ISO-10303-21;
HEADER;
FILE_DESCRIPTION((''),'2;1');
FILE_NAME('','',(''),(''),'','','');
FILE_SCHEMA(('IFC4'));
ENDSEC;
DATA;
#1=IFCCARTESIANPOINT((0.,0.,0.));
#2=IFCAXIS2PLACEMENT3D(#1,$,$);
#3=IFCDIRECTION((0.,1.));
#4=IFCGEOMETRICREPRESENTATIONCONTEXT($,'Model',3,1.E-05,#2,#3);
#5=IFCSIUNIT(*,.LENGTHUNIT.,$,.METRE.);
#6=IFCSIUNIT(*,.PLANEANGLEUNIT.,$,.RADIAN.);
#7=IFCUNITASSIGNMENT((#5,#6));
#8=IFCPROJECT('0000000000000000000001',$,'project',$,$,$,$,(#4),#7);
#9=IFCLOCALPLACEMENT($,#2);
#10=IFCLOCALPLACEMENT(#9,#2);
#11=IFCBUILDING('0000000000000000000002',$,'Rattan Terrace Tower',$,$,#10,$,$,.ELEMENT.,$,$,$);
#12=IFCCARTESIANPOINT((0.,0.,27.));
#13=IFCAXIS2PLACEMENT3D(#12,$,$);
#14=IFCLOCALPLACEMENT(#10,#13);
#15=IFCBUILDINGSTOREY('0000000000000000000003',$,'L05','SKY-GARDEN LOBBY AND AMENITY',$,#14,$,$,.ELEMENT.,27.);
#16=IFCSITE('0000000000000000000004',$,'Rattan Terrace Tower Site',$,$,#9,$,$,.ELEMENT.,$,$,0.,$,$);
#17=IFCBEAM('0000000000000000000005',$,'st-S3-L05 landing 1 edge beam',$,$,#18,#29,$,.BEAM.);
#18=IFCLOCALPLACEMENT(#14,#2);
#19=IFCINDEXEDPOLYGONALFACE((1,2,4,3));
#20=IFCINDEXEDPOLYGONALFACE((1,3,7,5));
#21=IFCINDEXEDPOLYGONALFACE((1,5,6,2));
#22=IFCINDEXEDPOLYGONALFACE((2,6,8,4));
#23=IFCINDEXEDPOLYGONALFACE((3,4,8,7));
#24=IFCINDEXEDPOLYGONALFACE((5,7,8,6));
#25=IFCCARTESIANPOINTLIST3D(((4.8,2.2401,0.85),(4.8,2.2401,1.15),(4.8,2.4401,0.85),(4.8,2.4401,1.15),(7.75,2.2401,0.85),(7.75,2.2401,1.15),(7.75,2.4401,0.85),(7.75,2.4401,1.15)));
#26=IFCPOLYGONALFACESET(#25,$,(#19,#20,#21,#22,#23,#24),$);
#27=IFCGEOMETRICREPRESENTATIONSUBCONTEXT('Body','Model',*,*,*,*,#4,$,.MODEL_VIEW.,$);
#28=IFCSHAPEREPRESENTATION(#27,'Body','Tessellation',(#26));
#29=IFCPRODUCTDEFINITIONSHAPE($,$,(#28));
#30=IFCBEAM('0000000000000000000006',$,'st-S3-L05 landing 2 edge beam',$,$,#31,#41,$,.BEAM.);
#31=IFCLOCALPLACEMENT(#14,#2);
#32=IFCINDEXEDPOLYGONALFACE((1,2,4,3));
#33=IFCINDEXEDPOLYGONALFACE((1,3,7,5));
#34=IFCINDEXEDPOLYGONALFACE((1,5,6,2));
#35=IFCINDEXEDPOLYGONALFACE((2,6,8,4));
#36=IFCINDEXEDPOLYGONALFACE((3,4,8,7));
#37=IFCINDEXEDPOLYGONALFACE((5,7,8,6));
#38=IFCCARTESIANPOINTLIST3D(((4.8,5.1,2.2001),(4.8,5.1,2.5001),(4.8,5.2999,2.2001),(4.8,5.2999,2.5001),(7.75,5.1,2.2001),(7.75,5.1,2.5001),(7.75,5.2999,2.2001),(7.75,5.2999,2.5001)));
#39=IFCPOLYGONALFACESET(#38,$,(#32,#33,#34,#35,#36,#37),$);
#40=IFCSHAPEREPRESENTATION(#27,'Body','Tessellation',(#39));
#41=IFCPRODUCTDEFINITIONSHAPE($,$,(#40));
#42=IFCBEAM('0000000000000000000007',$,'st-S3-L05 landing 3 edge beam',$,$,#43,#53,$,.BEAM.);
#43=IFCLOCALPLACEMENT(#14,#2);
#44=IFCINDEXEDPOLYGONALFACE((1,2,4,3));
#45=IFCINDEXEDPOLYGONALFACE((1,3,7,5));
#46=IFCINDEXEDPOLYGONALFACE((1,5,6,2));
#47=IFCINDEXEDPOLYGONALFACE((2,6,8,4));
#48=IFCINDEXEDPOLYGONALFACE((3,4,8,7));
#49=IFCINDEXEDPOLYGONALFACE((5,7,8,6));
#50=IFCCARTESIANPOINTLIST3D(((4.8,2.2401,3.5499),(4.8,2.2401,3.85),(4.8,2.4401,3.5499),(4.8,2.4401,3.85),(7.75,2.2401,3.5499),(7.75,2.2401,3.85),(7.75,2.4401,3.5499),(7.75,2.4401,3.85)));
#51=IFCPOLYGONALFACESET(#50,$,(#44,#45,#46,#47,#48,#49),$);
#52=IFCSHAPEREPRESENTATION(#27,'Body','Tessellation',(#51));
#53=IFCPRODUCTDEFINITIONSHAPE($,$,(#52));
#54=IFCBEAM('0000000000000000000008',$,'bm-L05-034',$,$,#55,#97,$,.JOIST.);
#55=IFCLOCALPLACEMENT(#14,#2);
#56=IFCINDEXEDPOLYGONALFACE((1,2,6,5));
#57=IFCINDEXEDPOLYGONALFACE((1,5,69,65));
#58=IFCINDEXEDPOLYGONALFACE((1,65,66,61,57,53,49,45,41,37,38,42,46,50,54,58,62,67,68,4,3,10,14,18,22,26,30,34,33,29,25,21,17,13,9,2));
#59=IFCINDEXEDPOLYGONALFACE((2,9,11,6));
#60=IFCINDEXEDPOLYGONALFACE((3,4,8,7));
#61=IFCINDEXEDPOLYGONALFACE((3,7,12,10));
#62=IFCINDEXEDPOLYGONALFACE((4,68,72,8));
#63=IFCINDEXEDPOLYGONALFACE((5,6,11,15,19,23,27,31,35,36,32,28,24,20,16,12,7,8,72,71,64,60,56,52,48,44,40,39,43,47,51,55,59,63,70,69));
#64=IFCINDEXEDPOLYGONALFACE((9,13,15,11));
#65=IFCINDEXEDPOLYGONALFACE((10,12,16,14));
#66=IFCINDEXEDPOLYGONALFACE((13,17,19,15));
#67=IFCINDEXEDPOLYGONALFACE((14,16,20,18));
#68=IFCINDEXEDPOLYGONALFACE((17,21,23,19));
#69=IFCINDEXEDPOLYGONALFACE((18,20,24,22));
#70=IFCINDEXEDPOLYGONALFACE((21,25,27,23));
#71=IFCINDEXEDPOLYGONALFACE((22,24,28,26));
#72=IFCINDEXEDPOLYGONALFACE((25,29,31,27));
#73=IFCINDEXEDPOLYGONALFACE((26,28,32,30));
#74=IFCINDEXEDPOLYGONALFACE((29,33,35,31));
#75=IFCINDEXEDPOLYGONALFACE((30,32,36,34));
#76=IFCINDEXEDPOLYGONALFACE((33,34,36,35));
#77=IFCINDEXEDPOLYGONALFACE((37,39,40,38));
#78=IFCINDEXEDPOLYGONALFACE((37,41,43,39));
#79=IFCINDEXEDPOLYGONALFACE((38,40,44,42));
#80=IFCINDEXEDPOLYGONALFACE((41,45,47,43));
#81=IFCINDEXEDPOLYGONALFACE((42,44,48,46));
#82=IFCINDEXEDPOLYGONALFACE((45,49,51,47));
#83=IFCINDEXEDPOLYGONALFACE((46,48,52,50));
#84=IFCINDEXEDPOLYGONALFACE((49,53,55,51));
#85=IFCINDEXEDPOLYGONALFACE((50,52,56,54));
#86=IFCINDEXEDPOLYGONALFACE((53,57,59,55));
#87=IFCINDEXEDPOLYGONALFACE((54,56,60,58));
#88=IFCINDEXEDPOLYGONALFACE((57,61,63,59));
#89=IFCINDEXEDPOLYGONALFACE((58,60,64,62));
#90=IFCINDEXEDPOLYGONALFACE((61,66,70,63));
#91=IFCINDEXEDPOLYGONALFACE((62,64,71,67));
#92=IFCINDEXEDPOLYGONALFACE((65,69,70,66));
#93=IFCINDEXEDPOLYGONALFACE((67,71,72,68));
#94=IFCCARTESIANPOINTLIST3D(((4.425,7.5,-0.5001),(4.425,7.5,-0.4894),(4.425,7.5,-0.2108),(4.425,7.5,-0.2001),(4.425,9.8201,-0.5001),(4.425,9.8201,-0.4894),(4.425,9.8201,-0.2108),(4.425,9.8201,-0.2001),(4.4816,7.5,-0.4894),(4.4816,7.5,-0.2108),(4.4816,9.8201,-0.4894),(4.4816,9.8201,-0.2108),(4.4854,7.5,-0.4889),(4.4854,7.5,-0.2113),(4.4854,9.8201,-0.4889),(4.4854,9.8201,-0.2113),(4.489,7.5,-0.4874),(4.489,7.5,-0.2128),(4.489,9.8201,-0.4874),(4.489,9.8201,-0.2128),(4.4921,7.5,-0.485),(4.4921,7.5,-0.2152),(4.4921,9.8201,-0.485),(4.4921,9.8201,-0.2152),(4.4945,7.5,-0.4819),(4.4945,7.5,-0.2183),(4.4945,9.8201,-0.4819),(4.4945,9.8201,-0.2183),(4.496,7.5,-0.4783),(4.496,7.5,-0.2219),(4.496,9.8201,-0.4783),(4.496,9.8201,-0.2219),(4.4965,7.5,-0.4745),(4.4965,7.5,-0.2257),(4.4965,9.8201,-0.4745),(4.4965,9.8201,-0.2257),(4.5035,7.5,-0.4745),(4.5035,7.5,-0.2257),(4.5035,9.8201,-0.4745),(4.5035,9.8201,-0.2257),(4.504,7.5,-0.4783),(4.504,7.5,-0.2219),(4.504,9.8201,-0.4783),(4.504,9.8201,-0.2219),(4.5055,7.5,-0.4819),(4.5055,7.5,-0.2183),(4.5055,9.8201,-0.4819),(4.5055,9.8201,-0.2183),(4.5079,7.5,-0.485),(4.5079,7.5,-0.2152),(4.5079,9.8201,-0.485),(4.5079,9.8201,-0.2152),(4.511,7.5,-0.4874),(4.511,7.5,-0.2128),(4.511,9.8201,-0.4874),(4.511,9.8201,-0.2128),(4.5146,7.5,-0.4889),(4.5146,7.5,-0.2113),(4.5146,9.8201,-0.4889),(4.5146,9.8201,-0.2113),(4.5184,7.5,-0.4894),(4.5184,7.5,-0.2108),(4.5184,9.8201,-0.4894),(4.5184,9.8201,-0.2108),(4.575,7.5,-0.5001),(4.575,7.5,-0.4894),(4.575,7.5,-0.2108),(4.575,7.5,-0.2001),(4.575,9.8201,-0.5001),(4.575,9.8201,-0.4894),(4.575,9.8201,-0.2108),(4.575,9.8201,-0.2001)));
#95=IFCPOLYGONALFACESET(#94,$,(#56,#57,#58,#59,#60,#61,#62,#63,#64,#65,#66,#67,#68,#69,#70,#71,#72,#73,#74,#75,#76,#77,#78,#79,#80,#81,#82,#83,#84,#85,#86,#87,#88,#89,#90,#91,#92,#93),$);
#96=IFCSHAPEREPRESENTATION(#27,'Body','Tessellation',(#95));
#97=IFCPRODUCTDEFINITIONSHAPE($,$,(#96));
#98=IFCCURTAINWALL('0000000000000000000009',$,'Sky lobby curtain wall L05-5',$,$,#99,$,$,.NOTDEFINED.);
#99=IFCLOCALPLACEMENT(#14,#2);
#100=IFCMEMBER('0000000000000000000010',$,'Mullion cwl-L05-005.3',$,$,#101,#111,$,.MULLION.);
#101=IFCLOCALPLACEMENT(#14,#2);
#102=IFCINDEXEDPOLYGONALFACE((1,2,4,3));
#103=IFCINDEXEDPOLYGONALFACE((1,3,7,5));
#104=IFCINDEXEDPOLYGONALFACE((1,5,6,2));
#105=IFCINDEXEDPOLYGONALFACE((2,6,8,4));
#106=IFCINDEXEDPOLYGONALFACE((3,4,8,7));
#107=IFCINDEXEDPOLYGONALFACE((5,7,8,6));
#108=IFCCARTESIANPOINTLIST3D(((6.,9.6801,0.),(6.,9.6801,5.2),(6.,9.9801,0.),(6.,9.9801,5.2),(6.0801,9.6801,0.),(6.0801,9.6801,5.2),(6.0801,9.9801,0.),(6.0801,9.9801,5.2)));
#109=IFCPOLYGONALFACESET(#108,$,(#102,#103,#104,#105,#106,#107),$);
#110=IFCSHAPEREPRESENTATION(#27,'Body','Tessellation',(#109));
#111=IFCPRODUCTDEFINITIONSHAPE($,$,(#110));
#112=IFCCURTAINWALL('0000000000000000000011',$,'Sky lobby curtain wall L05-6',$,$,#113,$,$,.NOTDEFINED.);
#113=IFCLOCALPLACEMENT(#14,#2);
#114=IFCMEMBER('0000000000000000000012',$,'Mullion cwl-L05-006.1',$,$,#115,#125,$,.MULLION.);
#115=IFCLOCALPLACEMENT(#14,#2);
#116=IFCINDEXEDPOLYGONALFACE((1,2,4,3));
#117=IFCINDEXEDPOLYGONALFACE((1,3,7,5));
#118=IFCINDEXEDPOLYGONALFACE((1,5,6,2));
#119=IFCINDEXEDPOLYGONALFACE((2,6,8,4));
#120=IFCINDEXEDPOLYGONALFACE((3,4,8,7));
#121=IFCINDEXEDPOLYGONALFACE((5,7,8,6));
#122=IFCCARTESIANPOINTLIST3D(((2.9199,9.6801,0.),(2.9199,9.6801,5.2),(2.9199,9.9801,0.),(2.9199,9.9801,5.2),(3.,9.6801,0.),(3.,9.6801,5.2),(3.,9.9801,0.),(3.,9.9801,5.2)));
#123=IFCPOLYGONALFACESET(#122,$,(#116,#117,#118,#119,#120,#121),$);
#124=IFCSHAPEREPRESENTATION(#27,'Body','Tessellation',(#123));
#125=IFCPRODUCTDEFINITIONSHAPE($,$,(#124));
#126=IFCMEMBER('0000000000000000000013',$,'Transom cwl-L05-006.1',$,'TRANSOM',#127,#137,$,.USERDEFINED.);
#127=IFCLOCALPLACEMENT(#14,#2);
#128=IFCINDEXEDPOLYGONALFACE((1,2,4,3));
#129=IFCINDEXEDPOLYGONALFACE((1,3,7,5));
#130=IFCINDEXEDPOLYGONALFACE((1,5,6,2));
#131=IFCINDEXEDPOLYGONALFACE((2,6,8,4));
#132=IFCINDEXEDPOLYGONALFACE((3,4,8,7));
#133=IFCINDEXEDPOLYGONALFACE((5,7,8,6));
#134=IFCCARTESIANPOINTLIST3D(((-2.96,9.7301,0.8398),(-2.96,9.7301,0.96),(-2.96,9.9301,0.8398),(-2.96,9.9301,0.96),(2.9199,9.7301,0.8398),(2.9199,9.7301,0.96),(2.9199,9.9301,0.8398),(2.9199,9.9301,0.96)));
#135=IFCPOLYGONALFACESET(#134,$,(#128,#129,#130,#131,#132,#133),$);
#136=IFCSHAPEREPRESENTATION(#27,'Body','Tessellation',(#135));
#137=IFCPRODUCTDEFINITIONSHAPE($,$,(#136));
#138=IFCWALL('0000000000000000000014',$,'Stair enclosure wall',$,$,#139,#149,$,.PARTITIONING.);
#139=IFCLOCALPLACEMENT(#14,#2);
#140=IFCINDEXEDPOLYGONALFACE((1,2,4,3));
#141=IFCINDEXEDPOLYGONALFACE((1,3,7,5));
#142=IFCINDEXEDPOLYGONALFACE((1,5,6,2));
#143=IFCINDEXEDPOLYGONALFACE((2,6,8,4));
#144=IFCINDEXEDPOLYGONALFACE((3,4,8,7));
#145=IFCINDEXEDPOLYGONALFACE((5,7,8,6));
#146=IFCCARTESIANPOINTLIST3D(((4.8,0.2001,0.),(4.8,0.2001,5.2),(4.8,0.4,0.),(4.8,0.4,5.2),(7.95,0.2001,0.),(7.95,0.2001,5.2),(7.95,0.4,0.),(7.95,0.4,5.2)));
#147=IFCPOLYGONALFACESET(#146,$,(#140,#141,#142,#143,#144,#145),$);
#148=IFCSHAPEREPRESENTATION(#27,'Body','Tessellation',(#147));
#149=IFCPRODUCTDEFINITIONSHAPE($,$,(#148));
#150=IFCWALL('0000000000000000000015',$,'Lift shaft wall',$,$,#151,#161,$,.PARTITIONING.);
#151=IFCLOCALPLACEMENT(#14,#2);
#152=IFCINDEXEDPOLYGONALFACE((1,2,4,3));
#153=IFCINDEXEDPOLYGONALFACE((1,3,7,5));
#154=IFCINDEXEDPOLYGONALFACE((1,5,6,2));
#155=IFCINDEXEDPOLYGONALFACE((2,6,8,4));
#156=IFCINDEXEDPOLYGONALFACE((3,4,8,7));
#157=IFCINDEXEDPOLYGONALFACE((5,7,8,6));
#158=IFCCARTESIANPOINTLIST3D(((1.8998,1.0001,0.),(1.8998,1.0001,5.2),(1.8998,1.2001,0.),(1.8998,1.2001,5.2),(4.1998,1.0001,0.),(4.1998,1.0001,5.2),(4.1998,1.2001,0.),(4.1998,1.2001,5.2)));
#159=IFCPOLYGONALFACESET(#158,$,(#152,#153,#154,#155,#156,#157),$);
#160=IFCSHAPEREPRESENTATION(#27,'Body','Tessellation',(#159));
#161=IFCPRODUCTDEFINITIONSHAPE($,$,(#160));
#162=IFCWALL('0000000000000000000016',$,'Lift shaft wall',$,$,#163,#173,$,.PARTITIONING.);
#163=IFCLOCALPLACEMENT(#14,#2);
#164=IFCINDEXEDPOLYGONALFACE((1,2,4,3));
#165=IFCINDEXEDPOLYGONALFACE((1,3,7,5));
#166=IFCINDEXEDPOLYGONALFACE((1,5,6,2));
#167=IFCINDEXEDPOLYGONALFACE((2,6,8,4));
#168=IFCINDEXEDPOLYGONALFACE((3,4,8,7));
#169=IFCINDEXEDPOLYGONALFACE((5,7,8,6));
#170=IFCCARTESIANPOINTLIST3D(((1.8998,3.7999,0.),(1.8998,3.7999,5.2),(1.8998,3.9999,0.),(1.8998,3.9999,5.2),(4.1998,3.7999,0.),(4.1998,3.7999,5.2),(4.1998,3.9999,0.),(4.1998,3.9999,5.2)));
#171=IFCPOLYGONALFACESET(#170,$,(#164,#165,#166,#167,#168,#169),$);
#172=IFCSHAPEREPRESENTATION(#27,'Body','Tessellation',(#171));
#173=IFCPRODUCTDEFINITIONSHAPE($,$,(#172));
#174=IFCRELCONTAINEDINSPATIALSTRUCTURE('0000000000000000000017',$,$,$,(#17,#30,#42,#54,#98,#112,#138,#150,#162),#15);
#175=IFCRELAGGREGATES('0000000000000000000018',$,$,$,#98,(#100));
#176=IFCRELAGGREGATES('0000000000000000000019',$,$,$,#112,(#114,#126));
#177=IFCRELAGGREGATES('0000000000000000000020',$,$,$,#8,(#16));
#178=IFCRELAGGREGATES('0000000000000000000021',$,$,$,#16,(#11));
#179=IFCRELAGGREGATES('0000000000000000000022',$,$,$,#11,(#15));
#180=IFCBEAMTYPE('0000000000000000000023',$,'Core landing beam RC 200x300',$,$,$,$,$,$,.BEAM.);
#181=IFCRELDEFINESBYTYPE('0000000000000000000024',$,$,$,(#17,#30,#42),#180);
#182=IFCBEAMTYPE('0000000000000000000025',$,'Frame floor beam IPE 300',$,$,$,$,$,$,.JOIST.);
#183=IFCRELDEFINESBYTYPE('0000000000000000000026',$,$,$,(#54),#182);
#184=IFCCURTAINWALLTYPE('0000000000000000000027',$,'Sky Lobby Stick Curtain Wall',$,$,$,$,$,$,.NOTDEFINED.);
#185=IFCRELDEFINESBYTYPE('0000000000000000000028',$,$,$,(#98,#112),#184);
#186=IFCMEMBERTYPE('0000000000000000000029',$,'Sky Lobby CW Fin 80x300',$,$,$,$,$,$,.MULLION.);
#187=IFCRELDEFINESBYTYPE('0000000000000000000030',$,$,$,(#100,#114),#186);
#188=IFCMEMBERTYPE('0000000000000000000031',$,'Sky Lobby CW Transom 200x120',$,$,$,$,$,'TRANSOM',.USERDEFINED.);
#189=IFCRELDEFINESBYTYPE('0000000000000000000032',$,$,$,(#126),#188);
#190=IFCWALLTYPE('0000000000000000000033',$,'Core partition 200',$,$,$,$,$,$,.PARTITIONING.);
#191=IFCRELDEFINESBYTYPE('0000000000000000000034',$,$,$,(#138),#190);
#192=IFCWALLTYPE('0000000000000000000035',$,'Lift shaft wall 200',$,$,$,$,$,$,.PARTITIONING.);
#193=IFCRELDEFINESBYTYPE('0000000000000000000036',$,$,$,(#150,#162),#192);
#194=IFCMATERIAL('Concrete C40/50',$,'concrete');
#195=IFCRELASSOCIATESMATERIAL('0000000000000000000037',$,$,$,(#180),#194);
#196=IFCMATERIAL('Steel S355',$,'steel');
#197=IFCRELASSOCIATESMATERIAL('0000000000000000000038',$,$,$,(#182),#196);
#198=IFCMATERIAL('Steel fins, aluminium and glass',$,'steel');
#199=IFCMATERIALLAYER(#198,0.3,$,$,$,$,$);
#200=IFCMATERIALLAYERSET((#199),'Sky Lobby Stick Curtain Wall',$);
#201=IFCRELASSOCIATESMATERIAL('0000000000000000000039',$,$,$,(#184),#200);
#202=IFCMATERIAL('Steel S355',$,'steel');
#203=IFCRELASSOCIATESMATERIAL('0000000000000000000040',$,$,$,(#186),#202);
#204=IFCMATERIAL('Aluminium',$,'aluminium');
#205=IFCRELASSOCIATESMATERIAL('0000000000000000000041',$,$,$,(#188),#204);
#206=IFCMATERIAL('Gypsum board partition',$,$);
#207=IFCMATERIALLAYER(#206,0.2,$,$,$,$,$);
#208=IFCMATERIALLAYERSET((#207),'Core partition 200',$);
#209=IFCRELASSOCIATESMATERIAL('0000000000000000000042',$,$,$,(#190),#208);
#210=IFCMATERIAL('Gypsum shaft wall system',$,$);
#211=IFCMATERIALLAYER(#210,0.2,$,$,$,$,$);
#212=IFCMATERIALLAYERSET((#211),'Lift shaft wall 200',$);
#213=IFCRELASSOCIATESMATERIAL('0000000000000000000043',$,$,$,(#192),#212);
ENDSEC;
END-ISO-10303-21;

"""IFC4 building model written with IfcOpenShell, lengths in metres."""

from ifc_helpers import new_model, si_unit, direction, frame, frame_2d, origin, origin_2d, place, context, subcontext, project, spatial, rectangle, i_section, extrude, material, layer, layer_set, material_profile, profile_set, type_object, element, aggregate, save


model = new_model("IFC4")

# Units and contexts
model_context = context("Model", 3, precision=1e-05, world=origin(), true_north=direction((0.0, 1.0)))
body_context = subcontext(model_context, "Body", "Model", "MODEL_VIEW")
ifc_project = project(units=[si_unit("LENGTHUNIT", "METRE"), si_unit("PLANEANGLEUNIT", "RADIAN")], contexts=[model_context])

# Site, building, storey
site_placement = place(None, origin())
site = spatial("IfcSite", under=ifc_project, at=site_placement, Name="Rattan Terrace Tower Site", CompositionType="ELEMENT", RefElevation=0.0)
building_placement = place(site_placement, origin())
building = spatial("IfcBuilding", under=site, at=building_placement, Name="Rattan Terrace Tower", CompositionType="ELEMENT")
storey_placement = place(building_placement, frame((0.0, 0.0, 27.0)))
storey = spatial("IfcBuildingStorey", under=building, at=storey_placement, Name="L05", Description="SKY-GARDEN LOBBY AND AMENITY", CompositionType="ELEMENT", Elevation=27.0)

# Beams
ifc_material_1 = material(Name="Concrete C40/50", Category="concrete")
ifc_material_profile_1 = material_profile(ifc_material_1, rectangle(XDim=0.2, YDim=0.3, at=origin_2d()), Name="RC 200x300")
ifc_profile_set_1 = profile_set([ifc_material_profile_1], Name="Concrete C40/50")
beam_type_1 = type_object("IfcBeamType", Name="Core landing beam RC 200x300", PredefinedType="BEAM", material=ifc_profile_set_1)
for number, where, z_axis, x_axis, name in (
    (1, (4.8, 2.3401, 1.0), (1.0, 0.0, 0.0), (0.0, 1.0, 0.0), "st-S3-L05 landing 1 edge beam"),
    (2, (4.8, 5.2, 2.3501), (1.0, 0.0, 0.0), (0.0, 1.0, 0.0), "st-S3-L05 landing 2 edge beam"),
    (3, (4.8, 2.3401, 3.7), (1.0, 0.0, 0.0), (0.0, 1.0, 0.0), "st-S3-L05 landing 3 edge beam"),
):
    element("IfcBeam", number, at=place(storey_placement, frame(where, z_axis=z_axis, x_axis=x_axis)), inside=storey, type_object=beam_type_1, Name=name, PredefinedType="BEAM", context=body_context, shape_type="SweptSolid", body=[
        extrude(rectangle(XDim=0.2, YDim=0.3, at=origin_2d()), origin(), (0.0, 0.0, 1.0), 2.95),
    ])
ifc_material_2 = material(Name="Steel S355", Category="steel")
ifc_material_profile_2 = material_profile(ifc_material_2, i_section(OverallWidth=0.1499, OverallDepth=0.3, WebThickness=0.0071, FlangeThickness=0.0107, FilletRadius=0.0149, at=origin_2d()), Name="IPE 300")
ifc_profile_set_2 = profile_set([ifc_material_profile_2], Name="Steel S355")
beam_type_2 = type_object("IfcBeamType", Name="Frame floor beam IPE 300", PredefinedType="JOIST", material=ifc_profile_set_2)
beam_placement = place(storey_placement, frame((4.5, 7.5, -0.3501), z_axis=(0.0, 1.0, 0.0), x_axis=(-1.0, 0.0, 0.0)))
element("IfcBeam", 4, at=beam_placement, inside=storey, type_object=beam_type_2, Name="bm-L05-034", PredefinedType="JOIST", context=body_context, shape_type="SweptSolid", body=[
    extrude(i_section(OverallWidth=0.1499, OverallDepth=0.3, WebThickness=0.0071, FlangeThickness=0.0107, FilletRadius=0.0149, at=origin_2d()), origin(), (0.0, 0.0, 1.0), 2.3201),
])

# Curtain wall, member
ifc_material_3 = material(Name="Steel fins, aluminium and glass", Category="steel")
ifc_layer_1 = layer(ifc_material_3, 0.3)
ifc_layer_set_1 = layer_set([ifc_layer_1], Name="Sky Lobby Stick Curtain Wall")
curtain_wall_type = type_object("IfcCurtainWallType", Name="Sky Lobby Stick Curtain Wall", PredefinedType="NOTDEFINED", material=ifc_layer_set_1)
curtain_wall_1_placement = place(storey_placement, origin())
curtain_wall_1 = element("IfcCurtainWall", 5, at=curtain_wall_1_placement, inside=storey, type_object=curtain_wall_type, Name="Sky lobby curtain wall L05-5", PredefinedType="NOTDEFINED")
ifc_material_4 = material(Name="Steel S355", Category="steel")
ifc_material_profile_3 = material_profile(ifc_material_4, rectangle(XDim=0.0801, YDim=0.3, at=origin_2d()), Name="Steel S355 80x300")
ifc_profile_set_3 = profile_set([ifc_material_profile_3], Name="Steel S355")
member_type_1 = type_object("IfcMemberType", Name="Sky Lobby CW Fin 80x300", PredefinedType="MULLION", material=ifc_profile_set_3)
member_1_placement = place(storey_placement, frame((6.04, 9.8301, 0.0), z_axis=(0.0, 0.0, 1.0), x_axis=(-1.0, 0.0, 0.0)))
member_1 = element("IfcMember", 6, at=member_1_placement, type_object=member_type_1, Name="Mullion cwl-L05-005.3", PredefinedType="MULLION", context=body_context, shape_type="SweptSolid", body=[
    extrude(rectangle(XDim=0.0801, YDim=0.3, at=origin_2d()), origin(), (0.0, 0.0, 1.0), 5.2),
])
aggregate(curtain_wall_1, [member_1])

# Curtain wall, members
curtain_wall_2_placement = place(storey_placement, origin())
curtain_wall_2 = element("IfcCurtainWall", 7, at=curtain_wall_2_placement, inside=storey, type_object=curtain_wall_type, Name="Sky lobby curtain wall L05-6", PredefinedType="NOTDEFINED")
member_2_placement = place(storey_placement, frame((2.96, 9.8301, 0.0), z_axis=(0.0, 0.0, 1.0), x_axis=(-1.0, 0.0, 0.0)))
member_2 = element("IfcMember", 8, at=member_2_placement, type_object=member_type_1, Name="Mullion cwl-L05-006.1", PredefinedType="MULLION", context=body_context, shape_type="SweptSolid", body=[
    extrude(rectangle(XDim=0.0801, YDim=0.3, at=origin_2d()), origin(), (0.0, 0.0, 1.0), 5.2),
])
ifc_material_5 = material(Name="Aluminium", Category="aluminium")
ifc_material_profile_4 = material_profile(ifc_material_5, rectangle(XDim=0.2, YDim=0.1201, at=origin_2d()), Name="Aluminium 200x120")
ifc_profile_set_4 = profile_set([ifc_material_profile_4], Name="Aluminium")
member_type_2 = type_object("IfcMemberType", Name="Sky Lobby CW Transom 200x120", ElementType="TRANSOM", PredefinedType="USERDEFINED", material=ifc_profile_set_4)
member_3_placement = place(storey_placement, frame((2.9199, 9.8301, 0.8999), z_axis=(-1.0, 0.0, 0.0), x_axis=(0.0, -1.0, 0.0)))
member_3 = element("IfcMember", 9, at=member_3_placement, type_object=member_type_2, Name="Transom cwl-L05-006.1", ObjectType="TRANSOM", PredefinedType="USERDEFINED", context=body_context, shape_type="SweptSolid", body=[
    extrude(rectangle(XDim=0.2, YDim=0.1201, at=origin_2d()), origin(), (0.0, 0.0, 1.0), 5.8799),
])
aggregate(curtain_wall_2, [member_2, member_3])

# Wall
ifc_material_6 = material(Name="Gypsum board partition")
ifc_layer_2 = layer(ifc_material_6, 0.2)
ifc_layer_set_2 = layer_set([ifc_layer_2], Name="Core partition 200")
wall_type_1 = type_object("IfcWallType", Name="Core partition 200", PredefinedType="PARTITIONING", material=ifc_layer_set_2)
wall_1_placement = place(storey_placement, frame((4.8, 0.3, 0.0), z_axis=(0.0, 0.0, 1.0), x_axis=(1.0, 0.0, 0.0)))
element("IfcWall", 10, at=wall_1_placement, inside=storey, type_object=wall_type_1, Name="Stair enclosure wall", PredefinedType="PARTITIONING", context=body_context, shape_type="SweptSolid", body=[
    extrude(rectangle(XDim=3.1499, YDim=0.2, at=frame_2d((1.575, 0.0))), origin(), (0.0, 0.0, 1.0), 5.2),
])

# Walls
ifc_material_7 = material(Name="Gypsum shaft wall system")
ifc_layer_3 = layer(ifc_material_7, 0.2)
ifc_layer_set_3 = layer_set([ifc_layer_3], Name="Lift shaft wall 200")
wall_type_2 = type_object("IfcWallType", Name="Lift shaft wall 200", PredefinedType="PARTITIONING", material=ifc_layer_set_3)
for number, where, z_axis, x_axis, name in (
    (11, (1.8999, 1.1001, 0.0), (0.0, 0.0, 1.0), (1.0, 0.0, 0.0), "Lift shaft wall"),
    (12, (1.8999, 3.8999, 0.0), (0.0, 0.0, 1.0), (1.0, 0.0, 0.0), "Lift shaft wall"),
):
    element("IfcWall", number, at=place(storey_placement, frame(where, z_axis=z_axis, x_axis=x_axis)), inside=storey, type_object=wall_type_2, Name=name, PredefinedType="PARTITIONING", context=body_context, shape_type="SweptSolid", body=[
        extrude(rectangle(XDim=2.3, YDim=0.2, at=frame_2d((1.1499, 0.0))), origin(), (0.0, 0.0, 1.0), 5.2),
    ])

save(model, "model.ifc")
